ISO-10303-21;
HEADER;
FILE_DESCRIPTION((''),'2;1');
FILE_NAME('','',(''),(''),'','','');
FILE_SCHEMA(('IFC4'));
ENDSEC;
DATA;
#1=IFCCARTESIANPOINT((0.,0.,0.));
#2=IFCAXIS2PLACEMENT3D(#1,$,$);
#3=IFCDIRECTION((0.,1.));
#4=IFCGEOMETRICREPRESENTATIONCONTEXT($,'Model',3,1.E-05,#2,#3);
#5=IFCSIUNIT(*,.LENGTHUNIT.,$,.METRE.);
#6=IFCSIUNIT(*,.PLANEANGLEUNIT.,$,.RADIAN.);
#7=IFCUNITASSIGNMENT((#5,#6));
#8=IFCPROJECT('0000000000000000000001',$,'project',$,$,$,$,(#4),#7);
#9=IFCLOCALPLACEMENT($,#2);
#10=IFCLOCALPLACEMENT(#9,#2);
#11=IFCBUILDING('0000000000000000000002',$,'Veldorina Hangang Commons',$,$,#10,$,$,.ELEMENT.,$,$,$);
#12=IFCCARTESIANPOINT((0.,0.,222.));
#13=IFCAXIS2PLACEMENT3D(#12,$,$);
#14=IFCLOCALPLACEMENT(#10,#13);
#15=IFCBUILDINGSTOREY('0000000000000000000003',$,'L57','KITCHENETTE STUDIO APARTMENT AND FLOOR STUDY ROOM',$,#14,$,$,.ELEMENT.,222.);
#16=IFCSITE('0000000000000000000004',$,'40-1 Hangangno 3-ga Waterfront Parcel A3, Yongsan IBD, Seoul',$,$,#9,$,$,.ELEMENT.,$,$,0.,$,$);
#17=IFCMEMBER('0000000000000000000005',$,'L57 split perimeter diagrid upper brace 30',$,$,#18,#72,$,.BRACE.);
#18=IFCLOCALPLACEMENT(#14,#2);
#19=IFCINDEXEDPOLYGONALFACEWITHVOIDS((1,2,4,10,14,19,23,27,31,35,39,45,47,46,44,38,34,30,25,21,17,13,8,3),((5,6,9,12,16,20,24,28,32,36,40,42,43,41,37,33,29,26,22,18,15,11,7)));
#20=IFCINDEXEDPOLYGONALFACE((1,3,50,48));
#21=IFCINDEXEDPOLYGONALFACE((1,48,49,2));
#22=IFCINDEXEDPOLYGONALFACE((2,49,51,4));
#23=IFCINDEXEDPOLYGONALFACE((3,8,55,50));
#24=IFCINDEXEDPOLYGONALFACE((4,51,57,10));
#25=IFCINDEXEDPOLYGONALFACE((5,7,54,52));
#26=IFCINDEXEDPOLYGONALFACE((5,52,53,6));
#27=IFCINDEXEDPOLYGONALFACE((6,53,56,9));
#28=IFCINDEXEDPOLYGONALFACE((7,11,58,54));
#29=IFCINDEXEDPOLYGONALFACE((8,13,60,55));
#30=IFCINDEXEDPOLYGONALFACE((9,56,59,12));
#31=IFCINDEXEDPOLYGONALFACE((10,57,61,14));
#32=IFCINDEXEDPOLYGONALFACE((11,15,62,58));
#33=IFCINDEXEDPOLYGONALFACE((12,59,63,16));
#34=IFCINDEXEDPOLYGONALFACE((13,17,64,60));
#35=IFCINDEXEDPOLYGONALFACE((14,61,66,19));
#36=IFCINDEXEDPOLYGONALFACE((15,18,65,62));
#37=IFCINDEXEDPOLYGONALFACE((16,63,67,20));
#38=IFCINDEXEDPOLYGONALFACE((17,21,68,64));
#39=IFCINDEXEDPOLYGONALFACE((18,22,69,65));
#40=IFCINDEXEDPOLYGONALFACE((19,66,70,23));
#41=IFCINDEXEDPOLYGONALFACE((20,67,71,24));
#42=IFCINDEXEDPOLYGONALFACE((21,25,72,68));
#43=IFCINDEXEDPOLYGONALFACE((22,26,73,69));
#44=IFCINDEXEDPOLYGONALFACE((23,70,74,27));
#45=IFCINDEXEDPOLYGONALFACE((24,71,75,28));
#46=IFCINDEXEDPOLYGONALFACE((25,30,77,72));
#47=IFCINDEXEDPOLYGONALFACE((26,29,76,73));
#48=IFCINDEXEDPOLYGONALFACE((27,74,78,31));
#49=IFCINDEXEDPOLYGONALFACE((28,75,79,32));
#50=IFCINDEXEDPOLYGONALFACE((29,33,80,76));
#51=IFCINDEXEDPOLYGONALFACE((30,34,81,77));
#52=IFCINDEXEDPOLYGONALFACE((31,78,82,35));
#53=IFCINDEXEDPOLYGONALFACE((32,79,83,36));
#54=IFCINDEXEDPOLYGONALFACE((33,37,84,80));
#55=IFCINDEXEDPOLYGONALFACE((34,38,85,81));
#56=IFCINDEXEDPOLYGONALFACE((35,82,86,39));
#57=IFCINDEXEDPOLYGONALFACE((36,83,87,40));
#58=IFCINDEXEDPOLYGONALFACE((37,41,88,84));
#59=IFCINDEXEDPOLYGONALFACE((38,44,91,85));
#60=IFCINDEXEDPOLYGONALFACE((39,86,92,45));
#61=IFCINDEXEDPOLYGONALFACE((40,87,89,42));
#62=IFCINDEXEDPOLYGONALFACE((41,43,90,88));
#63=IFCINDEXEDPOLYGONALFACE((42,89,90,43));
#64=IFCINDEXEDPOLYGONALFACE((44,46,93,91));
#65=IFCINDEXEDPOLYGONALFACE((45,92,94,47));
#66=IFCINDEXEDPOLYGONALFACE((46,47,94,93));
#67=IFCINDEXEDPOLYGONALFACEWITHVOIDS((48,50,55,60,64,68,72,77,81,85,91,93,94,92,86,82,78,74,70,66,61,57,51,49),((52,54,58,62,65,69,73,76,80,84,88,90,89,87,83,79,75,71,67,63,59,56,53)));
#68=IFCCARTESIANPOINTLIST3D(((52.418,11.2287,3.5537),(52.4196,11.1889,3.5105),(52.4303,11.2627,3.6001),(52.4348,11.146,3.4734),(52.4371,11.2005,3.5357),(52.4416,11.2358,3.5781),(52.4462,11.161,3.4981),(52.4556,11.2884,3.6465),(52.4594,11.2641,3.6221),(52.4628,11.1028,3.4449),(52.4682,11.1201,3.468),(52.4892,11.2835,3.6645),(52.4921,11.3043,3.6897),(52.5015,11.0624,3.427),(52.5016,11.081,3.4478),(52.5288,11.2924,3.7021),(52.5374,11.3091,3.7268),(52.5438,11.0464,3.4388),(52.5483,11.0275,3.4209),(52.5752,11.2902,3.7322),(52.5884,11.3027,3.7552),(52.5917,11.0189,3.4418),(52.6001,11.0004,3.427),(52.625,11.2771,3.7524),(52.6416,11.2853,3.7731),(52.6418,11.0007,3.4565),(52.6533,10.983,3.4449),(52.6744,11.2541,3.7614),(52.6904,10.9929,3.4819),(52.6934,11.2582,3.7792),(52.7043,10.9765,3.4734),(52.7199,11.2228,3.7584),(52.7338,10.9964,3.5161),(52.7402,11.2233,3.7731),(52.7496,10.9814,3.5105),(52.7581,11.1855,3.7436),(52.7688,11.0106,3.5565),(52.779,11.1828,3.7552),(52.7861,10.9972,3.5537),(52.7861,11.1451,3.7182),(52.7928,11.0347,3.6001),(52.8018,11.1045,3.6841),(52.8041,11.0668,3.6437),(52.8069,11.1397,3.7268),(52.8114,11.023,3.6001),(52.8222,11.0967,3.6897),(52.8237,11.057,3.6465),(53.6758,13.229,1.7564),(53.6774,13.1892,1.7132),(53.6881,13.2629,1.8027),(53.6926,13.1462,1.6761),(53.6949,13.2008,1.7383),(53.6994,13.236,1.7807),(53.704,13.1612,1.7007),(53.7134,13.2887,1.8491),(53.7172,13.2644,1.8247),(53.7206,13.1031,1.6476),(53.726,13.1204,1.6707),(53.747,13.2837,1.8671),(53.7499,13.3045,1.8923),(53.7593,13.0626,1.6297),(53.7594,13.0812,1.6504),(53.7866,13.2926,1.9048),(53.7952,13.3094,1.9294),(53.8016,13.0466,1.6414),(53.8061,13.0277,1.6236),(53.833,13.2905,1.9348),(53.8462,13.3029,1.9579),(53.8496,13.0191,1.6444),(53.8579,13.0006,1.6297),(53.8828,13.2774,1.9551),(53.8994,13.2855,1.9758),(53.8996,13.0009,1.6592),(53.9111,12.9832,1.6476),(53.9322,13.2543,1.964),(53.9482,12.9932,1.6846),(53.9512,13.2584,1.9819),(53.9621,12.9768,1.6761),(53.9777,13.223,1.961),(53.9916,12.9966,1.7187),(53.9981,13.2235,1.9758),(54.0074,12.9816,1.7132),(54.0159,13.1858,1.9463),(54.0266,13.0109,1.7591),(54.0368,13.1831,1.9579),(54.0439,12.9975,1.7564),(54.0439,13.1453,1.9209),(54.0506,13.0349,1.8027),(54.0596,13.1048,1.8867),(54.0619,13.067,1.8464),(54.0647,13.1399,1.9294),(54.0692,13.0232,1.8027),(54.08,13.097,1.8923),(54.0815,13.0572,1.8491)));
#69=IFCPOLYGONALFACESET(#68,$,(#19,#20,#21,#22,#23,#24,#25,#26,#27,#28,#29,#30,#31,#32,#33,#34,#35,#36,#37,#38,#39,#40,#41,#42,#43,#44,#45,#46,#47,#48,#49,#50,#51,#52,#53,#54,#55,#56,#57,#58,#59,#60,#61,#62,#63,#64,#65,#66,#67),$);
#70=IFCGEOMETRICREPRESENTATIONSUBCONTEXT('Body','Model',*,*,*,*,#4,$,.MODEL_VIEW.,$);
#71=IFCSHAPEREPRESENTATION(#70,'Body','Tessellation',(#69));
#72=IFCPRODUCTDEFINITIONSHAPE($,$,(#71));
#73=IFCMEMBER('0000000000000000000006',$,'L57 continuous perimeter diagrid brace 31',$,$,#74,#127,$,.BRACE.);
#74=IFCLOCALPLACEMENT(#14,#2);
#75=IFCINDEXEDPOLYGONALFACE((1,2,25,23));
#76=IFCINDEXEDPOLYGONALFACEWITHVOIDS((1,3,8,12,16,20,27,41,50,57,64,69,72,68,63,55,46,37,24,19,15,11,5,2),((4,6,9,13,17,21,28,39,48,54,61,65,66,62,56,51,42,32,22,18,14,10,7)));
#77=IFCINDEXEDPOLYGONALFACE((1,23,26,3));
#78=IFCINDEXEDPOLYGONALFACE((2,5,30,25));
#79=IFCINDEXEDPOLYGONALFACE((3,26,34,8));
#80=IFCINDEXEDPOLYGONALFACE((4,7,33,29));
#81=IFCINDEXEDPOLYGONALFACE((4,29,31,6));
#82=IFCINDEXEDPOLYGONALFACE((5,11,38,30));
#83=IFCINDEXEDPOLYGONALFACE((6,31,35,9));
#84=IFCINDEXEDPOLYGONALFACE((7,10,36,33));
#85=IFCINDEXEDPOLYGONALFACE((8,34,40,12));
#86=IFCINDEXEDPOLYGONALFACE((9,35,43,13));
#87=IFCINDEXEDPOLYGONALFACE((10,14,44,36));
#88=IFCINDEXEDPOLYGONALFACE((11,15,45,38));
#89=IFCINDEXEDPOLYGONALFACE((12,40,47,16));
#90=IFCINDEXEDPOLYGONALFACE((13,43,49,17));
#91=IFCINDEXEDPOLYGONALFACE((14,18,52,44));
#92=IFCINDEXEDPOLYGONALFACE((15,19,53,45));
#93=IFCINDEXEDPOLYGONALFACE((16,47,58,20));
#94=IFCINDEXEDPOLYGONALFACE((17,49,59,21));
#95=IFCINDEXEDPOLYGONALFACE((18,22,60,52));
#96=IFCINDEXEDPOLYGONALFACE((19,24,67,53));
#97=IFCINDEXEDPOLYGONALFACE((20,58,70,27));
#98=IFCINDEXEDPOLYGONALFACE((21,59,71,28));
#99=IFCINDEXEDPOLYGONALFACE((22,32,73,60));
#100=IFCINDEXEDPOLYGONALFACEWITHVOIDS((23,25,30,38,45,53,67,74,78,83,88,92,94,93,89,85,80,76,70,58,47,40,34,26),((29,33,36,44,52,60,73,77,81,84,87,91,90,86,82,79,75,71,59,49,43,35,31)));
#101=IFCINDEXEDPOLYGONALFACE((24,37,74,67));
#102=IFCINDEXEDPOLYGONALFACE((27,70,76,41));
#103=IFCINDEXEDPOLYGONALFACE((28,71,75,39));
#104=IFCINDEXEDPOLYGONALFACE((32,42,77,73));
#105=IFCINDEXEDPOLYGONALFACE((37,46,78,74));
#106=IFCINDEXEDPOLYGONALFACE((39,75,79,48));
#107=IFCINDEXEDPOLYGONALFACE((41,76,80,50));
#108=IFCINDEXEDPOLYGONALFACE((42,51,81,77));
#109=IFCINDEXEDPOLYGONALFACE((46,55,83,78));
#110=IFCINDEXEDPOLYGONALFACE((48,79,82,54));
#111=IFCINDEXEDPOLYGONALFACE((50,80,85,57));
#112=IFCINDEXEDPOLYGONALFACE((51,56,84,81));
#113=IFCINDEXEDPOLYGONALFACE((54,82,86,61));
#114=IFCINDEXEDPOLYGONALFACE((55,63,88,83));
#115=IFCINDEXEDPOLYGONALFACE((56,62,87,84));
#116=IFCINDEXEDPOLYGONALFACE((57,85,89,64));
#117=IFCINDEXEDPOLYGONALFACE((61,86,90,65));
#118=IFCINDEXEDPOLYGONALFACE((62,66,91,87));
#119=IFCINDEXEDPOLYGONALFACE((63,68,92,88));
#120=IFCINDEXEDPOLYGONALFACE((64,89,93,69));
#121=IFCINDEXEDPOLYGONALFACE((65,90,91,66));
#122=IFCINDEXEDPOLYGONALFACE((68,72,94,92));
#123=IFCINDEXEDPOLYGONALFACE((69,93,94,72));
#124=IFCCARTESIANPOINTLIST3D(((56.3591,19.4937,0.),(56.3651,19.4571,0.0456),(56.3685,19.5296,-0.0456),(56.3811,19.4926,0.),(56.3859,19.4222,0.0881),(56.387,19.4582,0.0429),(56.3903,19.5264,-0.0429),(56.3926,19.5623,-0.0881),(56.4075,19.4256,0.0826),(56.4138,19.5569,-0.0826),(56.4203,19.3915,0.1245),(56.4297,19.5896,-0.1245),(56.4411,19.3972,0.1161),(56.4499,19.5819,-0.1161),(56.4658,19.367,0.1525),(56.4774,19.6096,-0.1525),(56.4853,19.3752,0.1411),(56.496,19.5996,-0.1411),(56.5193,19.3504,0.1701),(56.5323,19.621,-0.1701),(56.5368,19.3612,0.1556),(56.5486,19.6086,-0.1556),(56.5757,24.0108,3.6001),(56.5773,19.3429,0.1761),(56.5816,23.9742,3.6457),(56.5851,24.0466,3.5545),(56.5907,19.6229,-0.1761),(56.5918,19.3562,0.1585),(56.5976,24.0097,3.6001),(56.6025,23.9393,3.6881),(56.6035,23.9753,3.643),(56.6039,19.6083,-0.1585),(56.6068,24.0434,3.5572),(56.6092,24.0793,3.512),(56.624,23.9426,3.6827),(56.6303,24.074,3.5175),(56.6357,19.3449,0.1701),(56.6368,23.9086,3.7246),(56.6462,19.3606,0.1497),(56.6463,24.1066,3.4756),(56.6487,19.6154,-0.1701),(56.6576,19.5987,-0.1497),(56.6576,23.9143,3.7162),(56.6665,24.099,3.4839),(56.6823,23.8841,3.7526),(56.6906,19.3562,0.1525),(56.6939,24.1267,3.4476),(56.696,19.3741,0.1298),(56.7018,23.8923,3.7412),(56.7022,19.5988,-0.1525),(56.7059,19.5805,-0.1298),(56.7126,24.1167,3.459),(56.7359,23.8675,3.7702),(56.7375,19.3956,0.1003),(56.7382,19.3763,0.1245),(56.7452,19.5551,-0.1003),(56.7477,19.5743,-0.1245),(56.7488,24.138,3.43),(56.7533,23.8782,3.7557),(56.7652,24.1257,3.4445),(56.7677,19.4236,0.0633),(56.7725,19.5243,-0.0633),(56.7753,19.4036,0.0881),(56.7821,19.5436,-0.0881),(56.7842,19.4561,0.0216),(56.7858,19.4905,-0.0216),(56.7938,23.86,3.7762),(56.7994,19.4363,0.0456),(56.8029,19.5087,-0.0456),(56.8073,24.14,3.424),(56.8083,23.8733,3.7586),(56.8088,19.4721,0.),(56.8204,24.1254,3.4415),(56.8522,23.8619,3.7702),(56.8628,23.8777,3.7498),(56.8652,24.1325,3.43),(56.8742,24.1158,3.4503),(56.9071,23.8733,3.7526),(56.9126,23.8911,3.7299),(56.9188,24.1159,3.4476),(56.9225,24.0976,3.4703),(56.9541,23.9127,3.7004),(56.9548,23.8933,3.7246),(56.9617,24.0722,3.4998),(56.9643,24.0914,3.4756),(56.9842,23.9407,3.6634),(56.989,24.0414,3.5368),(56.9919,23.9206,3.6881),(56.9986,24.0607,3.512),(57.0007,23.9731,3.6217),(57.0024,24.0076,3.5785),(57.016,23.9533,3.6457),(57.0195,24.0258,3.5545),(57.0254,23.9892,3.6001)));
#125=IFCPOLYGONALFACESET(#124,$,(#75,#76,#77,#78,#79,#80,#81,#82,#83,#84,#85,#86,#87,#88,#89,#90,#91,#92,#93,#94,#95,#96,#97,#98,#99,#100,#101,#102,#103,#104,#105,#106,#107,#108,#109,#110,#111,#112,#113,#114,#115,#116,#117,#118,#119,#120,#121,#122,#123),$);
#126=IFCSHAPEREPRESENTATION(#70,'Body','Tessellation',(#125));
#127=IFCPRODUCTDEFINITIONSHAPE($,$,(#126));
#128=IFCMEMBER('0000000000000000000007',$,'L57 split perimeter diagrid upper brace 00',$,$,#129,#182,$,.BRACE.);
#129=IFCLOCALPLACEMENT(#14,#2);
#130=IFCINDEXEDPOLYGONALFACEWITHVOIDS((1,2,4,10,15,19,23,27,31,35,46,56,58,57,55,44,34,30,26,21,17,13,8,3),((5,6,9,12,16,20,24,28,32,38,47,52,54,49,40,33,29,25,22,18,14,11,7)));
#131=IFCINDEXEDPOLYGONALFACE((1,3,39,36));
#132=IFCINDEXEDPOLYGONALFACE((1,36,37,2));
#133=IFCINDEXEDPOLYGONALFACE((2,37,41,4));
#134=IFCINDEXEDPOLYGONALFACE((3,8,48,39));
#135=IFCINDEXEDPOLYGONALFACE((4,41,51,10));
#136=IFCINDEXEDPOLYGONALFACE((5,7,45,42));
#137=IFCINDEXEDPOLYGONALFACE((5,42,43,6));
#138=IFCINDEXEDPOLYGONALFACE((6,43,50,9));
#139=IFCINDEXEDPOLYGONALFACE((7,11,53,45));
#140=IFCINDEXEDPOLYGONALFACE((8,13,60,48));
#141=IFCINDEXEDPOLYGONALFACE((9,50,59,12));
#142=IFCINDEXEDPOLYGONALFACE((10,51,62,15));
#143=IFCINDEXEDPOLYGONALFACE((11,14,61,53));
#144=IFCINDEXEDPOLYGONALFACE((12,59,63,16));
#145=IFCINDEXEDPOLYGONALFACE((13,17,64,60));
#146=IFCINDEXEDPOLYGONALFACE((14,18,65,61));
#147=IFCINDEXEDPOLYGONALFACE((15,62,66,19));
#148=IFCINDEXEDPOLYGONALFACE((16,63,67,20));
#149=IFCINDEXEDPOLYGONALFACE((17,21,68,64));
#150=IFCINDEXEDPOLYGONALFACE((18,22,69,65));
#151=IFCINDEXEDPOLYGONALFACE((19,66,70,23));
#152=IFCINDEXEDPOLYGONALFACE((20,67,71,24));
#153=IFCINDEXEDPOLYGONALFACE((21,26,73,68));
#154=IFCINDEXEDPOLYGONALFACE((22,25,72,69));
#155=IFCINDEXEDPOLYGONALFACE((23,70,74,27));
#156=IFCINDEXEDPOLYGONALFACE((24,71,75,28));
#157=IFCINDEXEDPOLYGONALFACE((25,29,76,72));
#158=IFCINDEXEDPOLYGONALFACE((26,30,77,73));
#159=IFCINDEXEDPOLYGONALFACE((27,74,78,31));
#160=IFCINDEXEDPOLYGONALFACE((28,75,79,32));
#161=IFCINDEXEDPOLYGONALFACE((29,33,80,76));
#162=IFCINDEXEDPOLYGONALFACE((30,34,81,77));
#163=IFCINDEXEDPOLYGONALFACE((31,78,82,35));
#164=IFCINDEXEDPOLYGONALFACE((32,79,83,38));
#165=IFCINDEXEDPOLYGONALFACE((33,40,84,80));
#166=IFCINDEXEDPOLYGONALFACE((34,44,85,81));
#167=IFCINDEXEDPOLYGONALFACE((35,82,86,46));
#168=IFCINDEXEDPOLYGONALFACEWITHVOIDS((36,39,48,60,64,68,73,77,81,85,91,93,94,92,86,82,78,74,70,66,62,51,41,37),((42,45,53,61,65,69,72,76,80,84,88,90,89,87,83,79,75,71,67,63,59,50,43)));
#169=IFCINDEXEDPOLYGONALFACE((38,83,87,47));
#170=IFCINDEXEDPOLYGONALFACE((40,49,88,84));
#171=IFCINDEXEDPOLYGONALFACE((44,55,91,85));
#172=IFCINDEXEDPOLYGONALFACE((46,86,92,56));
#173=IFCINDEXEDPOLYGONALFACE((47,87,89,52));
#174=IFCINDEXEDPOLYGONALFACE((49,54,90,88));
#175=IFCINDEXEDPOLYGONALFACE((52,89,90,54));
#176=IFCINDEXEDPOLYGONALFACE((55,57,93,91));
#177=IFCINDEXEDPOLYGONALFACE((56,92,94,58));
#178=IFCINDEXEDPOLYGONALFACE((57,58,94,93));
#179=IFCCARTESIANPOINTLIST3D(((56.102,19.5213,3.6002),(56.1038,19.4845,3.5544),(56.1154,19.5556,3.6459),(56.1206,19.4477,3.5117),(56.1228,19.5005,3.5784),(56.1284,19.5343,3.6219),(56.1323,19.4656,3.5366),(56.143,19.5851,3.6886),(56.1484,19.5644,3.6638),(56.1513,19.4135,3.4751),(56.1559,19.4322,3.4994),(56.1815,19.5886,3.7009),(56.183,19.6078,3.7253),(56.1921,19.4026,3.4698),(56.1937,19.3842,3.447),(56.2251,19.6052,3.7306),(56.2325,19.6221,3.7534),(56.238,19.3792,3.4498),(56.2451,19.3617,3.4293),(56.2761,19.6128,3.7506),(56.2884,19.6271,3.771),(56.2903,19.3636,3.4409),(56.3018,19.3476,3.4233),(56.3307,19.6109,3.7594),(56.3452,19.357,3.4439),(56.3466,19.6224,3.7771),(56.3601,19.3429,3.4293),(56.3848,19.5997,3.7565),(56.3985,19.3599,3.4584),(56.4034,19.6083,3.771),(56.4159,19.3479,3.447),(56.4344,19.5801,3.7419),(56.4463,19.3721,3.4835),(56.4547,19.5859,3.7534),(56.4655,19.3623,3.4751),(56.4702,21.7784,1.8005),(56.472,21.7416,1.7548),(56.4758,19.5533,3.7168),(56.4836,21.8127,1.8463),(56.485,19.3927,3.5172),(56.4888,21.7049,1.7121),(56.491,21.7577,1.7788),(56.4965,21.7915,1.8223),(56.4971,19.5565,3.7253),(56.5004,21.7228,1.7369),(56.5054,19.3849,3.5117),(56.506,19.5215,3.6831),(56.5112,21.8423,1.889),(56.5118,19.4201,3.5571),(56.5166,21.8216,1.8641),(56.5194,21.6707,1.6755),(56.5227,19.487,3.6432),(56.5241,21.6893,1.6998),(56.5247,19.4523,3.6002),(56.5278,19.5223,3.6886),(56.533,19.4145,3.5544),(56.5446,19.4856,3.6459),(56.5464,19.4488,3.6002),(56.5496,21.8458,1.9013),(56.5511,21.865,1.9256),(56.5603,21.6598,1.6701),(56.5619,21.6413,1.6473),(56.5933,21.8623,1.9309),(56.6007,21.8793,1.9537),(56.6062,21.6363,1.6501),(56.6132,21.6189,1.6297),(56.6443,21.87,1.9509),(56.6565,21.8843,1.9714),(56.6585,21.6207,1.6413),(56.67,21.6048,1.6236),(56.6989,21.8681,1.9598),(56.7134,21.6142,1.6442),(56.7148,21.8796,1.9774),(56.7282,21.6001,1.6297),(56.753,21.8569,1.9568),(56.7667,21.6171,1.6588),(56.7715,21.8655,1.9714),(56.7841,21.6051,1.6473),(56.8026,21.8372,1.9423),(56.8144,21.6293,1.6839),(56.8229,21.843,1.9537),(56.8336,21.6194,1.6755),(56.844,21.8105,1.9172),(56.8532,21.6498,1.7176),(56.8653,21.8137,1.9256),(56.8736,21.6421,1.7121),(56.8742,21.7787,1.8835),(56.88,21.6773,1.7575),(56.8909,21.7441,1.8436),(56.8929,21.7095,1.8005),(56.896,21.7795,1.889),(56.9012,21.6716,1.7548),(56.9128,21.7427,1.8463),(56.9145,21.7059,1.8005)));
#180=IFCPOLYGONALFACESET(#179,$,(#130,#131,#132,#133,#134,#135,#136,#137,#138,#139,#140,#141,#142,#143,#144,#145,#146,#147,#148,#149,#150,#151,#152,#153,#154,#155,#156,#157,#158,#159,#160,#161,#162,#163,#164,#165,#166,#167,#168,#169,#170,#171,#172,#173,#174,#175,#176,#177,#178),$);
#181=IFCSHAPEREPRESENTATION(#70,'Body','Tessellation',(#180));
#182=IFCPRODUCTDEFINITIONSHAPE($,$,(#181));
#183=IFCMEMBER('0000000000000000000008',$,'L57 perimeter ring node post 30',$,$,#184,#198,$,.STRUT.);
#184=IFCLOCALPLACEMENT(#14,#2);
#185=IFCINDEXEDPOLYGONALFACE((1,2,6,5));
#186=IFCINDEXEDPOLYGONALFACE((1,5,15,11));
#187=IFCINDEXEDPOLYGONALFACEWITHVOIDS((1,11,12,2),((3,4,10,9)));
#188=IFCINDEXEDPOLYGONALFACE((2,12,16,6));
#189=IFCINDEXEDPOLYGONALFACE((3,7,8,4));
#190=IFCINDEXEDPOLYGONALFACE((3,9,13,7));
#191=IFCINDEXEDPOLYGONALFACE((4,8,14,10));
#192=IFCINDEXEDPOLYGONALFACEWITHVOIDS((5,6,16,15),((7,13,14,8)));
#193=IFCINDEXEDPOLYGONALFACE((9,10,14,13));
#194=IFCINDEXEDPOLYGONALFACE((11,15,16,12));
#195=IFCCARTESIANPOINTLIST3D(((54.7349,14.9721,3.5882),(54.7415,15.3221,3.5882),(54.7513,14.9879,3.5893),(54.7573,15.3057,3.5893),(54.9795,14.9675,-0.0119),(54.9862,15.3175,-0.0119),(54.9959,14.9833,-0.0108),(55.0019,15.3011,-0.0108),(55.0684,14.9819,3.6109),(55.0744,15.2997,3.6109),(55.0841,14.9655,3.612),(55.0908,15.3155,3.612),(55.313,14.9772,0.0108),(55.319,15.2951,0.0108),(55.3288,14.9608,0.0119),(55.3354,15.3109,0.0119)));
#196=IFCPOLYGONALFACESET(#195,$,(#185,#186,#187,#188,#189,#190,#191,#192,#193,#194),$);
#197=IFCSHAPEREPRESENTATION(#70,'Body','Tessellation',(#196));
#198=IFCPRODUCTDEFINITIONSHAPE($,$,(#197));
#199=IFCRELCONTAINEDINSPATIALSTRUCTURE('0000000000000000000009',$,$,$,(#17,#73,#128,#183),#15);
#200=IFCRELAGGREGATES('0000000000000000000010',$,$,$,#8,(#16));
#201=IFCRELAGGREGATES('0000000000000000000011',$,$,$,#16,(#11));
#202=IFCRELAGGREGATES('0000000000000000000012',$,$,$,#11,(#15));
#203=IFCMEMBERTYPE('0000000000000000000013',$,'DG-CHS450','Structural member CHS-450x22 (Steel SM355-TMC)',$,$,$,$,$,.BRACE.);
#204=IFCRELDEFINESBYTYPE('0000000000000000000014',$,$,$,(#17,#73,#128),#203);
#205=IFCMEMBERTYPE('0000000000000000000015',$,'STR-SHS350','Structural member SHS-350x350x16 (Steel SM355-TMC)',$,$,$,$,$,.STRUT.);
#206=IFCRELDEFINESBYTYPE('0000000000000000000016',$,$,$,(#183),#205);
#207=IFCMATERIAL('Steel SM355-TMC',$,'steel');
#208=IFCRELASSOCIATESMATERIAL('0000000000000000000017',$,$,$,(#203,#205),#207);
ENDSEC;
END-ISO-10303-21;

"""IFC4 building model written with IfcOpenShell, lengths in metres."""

from ifc_helpers import new_model, si_unit, direction, frame, origin, origin_2d, place, context, subcontext, project, spatial, hollow_rectangle, hollow_circle, extrude, material, material_profile, profile_set, type_object, element, save


model = new_model("IFC4")

# Units and contexts
model_context = context("Model", 3, precision=1e-05, world=origin(), true_north=direction((0.0, 1.0)))
body_context = subcontext(model_context, "Body", "Model", "MODEL_VIEW")
ifc_project = project(units=[si_unit("LENGTHUNIT", "METRE"), si_unit("PLANEANGLEUNIT", "RADIAN")], contexts=[model_context])

# Site, building, storey
site_placement = place(None, origin())
site = spatial("IfcSite", under=ifc_project, at=site_placement, Name="40-1 Hangangno 3-ga Waterfront Parcel A3, Yongsan IBD, Seoul", CompositionType="ELEMENT", RefElevation=0.0)
building_placement = place(site_placement, origin())
building = spatial("IfcBuilding", under=site, at=building_placement, Name="Veldorina Hangang Commons", CompositionType="ELEMENT")
storey_placement = place(building_placement, frame((0.0, 0.0, 222.0)))
storey = spatial("IfcBuildingStorey", under=building, at=storey_placement, Name="L57", Description="KITCHENETTE STUDIO APARTMENT AND FLOOR STUDY ROOM", CompositionType="ELEMENT", Elevation=222.0)

# Shared definitions
ifc_material_1 = material(Name="Steel SM355-TMC", Category="steel")

# Members
ifc_material_profile_1 = material_profile(ifc_material_1, hollow_circle(Radius=0.2251, WallThickness=0.022, at=origin_2d()), Name="CHS-450x22")
ifc_profile_set_1 = profile_set([ifc_material_profile_1], Name="Steel SM355-TMC")
member_type_1 = type_object("IfcMemberType", Name="DG-CHS450", Description="Structural member CHS-450x22 (Steel SM355-TMC)", PredefinedType="BRACE", material=ifc_profile_set_1)
member_1_placement = place(storey_placement, frame((53.8787, 13.1431, 1.8027), z_axis=(-0.423682, -0.673762, 0.605424), x_axis=(0.846538, -0.532328, 0.0)))
element("IfcMember", 1, at=member_1_placement, inside=storey, type_object=member_type_1, Name="L57 split perimeter diagrid upper brace 30", PredefinedType="BRACE", context=body_context, shape_type="SweptSolid", body=[
    extrude(hollow_circle(Radius=0.2251, WallThickness=0.022, at=origin_2d()), origin(), (0.0, 0.0, 1.0), 2.9688),
])
member_2_placement = place(storey_placement, frame((56.584, 19.4829, 0.0), z_axis=(0.037464, 0.781465, 0.622824), x_axis=(-0.998853, 0.047886, 0.0)))
element("IfcMember", 2, at=member_2_placement, inside=storey, type_object=member_type_1, Name="L57 continuous perimeter diagrid brace 31", PredefinedType="BRACE", context=body_context, shape_type="SweptSolid", body=[
    extrude(hollow_circle(Radius=0.2251, WallThickness=0.022, at=origin_2d()), origin(), (0.0, 0.0, 1.0), 5.7803),
])
member_3_placement = place(storey_placement, frame((56.6924, 21.7422, 1.8005), z_axis=(-0.126515, -0.775616, 0.618396), x_axis=(0.986956, -0.160988, 0.0)))
element("IfcMember", 3, at=member_3_placement, inside=storey, type_object=member_type_1, Name="L57 split perimeter diagrid upper brace 00", PredefinedType="BRACE", context=body_context, shape_type="SweptSolid", body=[
    extrude(hollow_circle(Radius=0.2251, WallThickness=0.022, at=origin_2d()), origin(), (0.0, 0.0, 1.0), 2.9102),
])
ifc_material_profile_2 = material_profile(ifc_material_1, hollow_rectangle(XDim=0.3501, YDim=0.3501, WallThickness=0.0161, at=origin_2d()), Name="SHS-350x350x16")
ifc_profile_set_2 = profile_set([ifc_material_profile_2], Name="Steel SM355-TMC")
member_type_2 = type_object("IfcMemberType", Name="STR-SHS350", Description="Structural member SHS-350x350x16 (Steel SM355-TMC)", PredefinedType="STRUT", material=ifc_profile_set_2)
member_4_placement = place(storey_placement, frame((55.1575, 15.1392, 0.0), z_axis=(-0.067794, 0.001286, 0.997698), x_axis=(-0.018959, -0.99982, 0.0)))
element("IfcMember", 4, at=member_4_placement, inside=storey, type_object=member_type_2, Name="L57 perimeter ring node post 30", PredefinedType="STRUT", context=body_context, shape_type="SweptSolid", body=[
    extrude(hollow_rectangle(XDim=0.3501, YDim=0.3501, WallThickness=0.0161, at=origin_2d()), origin(), (0.0, 0.0, 1.0), 3.6084),
])

save(model, "model.ifc")
